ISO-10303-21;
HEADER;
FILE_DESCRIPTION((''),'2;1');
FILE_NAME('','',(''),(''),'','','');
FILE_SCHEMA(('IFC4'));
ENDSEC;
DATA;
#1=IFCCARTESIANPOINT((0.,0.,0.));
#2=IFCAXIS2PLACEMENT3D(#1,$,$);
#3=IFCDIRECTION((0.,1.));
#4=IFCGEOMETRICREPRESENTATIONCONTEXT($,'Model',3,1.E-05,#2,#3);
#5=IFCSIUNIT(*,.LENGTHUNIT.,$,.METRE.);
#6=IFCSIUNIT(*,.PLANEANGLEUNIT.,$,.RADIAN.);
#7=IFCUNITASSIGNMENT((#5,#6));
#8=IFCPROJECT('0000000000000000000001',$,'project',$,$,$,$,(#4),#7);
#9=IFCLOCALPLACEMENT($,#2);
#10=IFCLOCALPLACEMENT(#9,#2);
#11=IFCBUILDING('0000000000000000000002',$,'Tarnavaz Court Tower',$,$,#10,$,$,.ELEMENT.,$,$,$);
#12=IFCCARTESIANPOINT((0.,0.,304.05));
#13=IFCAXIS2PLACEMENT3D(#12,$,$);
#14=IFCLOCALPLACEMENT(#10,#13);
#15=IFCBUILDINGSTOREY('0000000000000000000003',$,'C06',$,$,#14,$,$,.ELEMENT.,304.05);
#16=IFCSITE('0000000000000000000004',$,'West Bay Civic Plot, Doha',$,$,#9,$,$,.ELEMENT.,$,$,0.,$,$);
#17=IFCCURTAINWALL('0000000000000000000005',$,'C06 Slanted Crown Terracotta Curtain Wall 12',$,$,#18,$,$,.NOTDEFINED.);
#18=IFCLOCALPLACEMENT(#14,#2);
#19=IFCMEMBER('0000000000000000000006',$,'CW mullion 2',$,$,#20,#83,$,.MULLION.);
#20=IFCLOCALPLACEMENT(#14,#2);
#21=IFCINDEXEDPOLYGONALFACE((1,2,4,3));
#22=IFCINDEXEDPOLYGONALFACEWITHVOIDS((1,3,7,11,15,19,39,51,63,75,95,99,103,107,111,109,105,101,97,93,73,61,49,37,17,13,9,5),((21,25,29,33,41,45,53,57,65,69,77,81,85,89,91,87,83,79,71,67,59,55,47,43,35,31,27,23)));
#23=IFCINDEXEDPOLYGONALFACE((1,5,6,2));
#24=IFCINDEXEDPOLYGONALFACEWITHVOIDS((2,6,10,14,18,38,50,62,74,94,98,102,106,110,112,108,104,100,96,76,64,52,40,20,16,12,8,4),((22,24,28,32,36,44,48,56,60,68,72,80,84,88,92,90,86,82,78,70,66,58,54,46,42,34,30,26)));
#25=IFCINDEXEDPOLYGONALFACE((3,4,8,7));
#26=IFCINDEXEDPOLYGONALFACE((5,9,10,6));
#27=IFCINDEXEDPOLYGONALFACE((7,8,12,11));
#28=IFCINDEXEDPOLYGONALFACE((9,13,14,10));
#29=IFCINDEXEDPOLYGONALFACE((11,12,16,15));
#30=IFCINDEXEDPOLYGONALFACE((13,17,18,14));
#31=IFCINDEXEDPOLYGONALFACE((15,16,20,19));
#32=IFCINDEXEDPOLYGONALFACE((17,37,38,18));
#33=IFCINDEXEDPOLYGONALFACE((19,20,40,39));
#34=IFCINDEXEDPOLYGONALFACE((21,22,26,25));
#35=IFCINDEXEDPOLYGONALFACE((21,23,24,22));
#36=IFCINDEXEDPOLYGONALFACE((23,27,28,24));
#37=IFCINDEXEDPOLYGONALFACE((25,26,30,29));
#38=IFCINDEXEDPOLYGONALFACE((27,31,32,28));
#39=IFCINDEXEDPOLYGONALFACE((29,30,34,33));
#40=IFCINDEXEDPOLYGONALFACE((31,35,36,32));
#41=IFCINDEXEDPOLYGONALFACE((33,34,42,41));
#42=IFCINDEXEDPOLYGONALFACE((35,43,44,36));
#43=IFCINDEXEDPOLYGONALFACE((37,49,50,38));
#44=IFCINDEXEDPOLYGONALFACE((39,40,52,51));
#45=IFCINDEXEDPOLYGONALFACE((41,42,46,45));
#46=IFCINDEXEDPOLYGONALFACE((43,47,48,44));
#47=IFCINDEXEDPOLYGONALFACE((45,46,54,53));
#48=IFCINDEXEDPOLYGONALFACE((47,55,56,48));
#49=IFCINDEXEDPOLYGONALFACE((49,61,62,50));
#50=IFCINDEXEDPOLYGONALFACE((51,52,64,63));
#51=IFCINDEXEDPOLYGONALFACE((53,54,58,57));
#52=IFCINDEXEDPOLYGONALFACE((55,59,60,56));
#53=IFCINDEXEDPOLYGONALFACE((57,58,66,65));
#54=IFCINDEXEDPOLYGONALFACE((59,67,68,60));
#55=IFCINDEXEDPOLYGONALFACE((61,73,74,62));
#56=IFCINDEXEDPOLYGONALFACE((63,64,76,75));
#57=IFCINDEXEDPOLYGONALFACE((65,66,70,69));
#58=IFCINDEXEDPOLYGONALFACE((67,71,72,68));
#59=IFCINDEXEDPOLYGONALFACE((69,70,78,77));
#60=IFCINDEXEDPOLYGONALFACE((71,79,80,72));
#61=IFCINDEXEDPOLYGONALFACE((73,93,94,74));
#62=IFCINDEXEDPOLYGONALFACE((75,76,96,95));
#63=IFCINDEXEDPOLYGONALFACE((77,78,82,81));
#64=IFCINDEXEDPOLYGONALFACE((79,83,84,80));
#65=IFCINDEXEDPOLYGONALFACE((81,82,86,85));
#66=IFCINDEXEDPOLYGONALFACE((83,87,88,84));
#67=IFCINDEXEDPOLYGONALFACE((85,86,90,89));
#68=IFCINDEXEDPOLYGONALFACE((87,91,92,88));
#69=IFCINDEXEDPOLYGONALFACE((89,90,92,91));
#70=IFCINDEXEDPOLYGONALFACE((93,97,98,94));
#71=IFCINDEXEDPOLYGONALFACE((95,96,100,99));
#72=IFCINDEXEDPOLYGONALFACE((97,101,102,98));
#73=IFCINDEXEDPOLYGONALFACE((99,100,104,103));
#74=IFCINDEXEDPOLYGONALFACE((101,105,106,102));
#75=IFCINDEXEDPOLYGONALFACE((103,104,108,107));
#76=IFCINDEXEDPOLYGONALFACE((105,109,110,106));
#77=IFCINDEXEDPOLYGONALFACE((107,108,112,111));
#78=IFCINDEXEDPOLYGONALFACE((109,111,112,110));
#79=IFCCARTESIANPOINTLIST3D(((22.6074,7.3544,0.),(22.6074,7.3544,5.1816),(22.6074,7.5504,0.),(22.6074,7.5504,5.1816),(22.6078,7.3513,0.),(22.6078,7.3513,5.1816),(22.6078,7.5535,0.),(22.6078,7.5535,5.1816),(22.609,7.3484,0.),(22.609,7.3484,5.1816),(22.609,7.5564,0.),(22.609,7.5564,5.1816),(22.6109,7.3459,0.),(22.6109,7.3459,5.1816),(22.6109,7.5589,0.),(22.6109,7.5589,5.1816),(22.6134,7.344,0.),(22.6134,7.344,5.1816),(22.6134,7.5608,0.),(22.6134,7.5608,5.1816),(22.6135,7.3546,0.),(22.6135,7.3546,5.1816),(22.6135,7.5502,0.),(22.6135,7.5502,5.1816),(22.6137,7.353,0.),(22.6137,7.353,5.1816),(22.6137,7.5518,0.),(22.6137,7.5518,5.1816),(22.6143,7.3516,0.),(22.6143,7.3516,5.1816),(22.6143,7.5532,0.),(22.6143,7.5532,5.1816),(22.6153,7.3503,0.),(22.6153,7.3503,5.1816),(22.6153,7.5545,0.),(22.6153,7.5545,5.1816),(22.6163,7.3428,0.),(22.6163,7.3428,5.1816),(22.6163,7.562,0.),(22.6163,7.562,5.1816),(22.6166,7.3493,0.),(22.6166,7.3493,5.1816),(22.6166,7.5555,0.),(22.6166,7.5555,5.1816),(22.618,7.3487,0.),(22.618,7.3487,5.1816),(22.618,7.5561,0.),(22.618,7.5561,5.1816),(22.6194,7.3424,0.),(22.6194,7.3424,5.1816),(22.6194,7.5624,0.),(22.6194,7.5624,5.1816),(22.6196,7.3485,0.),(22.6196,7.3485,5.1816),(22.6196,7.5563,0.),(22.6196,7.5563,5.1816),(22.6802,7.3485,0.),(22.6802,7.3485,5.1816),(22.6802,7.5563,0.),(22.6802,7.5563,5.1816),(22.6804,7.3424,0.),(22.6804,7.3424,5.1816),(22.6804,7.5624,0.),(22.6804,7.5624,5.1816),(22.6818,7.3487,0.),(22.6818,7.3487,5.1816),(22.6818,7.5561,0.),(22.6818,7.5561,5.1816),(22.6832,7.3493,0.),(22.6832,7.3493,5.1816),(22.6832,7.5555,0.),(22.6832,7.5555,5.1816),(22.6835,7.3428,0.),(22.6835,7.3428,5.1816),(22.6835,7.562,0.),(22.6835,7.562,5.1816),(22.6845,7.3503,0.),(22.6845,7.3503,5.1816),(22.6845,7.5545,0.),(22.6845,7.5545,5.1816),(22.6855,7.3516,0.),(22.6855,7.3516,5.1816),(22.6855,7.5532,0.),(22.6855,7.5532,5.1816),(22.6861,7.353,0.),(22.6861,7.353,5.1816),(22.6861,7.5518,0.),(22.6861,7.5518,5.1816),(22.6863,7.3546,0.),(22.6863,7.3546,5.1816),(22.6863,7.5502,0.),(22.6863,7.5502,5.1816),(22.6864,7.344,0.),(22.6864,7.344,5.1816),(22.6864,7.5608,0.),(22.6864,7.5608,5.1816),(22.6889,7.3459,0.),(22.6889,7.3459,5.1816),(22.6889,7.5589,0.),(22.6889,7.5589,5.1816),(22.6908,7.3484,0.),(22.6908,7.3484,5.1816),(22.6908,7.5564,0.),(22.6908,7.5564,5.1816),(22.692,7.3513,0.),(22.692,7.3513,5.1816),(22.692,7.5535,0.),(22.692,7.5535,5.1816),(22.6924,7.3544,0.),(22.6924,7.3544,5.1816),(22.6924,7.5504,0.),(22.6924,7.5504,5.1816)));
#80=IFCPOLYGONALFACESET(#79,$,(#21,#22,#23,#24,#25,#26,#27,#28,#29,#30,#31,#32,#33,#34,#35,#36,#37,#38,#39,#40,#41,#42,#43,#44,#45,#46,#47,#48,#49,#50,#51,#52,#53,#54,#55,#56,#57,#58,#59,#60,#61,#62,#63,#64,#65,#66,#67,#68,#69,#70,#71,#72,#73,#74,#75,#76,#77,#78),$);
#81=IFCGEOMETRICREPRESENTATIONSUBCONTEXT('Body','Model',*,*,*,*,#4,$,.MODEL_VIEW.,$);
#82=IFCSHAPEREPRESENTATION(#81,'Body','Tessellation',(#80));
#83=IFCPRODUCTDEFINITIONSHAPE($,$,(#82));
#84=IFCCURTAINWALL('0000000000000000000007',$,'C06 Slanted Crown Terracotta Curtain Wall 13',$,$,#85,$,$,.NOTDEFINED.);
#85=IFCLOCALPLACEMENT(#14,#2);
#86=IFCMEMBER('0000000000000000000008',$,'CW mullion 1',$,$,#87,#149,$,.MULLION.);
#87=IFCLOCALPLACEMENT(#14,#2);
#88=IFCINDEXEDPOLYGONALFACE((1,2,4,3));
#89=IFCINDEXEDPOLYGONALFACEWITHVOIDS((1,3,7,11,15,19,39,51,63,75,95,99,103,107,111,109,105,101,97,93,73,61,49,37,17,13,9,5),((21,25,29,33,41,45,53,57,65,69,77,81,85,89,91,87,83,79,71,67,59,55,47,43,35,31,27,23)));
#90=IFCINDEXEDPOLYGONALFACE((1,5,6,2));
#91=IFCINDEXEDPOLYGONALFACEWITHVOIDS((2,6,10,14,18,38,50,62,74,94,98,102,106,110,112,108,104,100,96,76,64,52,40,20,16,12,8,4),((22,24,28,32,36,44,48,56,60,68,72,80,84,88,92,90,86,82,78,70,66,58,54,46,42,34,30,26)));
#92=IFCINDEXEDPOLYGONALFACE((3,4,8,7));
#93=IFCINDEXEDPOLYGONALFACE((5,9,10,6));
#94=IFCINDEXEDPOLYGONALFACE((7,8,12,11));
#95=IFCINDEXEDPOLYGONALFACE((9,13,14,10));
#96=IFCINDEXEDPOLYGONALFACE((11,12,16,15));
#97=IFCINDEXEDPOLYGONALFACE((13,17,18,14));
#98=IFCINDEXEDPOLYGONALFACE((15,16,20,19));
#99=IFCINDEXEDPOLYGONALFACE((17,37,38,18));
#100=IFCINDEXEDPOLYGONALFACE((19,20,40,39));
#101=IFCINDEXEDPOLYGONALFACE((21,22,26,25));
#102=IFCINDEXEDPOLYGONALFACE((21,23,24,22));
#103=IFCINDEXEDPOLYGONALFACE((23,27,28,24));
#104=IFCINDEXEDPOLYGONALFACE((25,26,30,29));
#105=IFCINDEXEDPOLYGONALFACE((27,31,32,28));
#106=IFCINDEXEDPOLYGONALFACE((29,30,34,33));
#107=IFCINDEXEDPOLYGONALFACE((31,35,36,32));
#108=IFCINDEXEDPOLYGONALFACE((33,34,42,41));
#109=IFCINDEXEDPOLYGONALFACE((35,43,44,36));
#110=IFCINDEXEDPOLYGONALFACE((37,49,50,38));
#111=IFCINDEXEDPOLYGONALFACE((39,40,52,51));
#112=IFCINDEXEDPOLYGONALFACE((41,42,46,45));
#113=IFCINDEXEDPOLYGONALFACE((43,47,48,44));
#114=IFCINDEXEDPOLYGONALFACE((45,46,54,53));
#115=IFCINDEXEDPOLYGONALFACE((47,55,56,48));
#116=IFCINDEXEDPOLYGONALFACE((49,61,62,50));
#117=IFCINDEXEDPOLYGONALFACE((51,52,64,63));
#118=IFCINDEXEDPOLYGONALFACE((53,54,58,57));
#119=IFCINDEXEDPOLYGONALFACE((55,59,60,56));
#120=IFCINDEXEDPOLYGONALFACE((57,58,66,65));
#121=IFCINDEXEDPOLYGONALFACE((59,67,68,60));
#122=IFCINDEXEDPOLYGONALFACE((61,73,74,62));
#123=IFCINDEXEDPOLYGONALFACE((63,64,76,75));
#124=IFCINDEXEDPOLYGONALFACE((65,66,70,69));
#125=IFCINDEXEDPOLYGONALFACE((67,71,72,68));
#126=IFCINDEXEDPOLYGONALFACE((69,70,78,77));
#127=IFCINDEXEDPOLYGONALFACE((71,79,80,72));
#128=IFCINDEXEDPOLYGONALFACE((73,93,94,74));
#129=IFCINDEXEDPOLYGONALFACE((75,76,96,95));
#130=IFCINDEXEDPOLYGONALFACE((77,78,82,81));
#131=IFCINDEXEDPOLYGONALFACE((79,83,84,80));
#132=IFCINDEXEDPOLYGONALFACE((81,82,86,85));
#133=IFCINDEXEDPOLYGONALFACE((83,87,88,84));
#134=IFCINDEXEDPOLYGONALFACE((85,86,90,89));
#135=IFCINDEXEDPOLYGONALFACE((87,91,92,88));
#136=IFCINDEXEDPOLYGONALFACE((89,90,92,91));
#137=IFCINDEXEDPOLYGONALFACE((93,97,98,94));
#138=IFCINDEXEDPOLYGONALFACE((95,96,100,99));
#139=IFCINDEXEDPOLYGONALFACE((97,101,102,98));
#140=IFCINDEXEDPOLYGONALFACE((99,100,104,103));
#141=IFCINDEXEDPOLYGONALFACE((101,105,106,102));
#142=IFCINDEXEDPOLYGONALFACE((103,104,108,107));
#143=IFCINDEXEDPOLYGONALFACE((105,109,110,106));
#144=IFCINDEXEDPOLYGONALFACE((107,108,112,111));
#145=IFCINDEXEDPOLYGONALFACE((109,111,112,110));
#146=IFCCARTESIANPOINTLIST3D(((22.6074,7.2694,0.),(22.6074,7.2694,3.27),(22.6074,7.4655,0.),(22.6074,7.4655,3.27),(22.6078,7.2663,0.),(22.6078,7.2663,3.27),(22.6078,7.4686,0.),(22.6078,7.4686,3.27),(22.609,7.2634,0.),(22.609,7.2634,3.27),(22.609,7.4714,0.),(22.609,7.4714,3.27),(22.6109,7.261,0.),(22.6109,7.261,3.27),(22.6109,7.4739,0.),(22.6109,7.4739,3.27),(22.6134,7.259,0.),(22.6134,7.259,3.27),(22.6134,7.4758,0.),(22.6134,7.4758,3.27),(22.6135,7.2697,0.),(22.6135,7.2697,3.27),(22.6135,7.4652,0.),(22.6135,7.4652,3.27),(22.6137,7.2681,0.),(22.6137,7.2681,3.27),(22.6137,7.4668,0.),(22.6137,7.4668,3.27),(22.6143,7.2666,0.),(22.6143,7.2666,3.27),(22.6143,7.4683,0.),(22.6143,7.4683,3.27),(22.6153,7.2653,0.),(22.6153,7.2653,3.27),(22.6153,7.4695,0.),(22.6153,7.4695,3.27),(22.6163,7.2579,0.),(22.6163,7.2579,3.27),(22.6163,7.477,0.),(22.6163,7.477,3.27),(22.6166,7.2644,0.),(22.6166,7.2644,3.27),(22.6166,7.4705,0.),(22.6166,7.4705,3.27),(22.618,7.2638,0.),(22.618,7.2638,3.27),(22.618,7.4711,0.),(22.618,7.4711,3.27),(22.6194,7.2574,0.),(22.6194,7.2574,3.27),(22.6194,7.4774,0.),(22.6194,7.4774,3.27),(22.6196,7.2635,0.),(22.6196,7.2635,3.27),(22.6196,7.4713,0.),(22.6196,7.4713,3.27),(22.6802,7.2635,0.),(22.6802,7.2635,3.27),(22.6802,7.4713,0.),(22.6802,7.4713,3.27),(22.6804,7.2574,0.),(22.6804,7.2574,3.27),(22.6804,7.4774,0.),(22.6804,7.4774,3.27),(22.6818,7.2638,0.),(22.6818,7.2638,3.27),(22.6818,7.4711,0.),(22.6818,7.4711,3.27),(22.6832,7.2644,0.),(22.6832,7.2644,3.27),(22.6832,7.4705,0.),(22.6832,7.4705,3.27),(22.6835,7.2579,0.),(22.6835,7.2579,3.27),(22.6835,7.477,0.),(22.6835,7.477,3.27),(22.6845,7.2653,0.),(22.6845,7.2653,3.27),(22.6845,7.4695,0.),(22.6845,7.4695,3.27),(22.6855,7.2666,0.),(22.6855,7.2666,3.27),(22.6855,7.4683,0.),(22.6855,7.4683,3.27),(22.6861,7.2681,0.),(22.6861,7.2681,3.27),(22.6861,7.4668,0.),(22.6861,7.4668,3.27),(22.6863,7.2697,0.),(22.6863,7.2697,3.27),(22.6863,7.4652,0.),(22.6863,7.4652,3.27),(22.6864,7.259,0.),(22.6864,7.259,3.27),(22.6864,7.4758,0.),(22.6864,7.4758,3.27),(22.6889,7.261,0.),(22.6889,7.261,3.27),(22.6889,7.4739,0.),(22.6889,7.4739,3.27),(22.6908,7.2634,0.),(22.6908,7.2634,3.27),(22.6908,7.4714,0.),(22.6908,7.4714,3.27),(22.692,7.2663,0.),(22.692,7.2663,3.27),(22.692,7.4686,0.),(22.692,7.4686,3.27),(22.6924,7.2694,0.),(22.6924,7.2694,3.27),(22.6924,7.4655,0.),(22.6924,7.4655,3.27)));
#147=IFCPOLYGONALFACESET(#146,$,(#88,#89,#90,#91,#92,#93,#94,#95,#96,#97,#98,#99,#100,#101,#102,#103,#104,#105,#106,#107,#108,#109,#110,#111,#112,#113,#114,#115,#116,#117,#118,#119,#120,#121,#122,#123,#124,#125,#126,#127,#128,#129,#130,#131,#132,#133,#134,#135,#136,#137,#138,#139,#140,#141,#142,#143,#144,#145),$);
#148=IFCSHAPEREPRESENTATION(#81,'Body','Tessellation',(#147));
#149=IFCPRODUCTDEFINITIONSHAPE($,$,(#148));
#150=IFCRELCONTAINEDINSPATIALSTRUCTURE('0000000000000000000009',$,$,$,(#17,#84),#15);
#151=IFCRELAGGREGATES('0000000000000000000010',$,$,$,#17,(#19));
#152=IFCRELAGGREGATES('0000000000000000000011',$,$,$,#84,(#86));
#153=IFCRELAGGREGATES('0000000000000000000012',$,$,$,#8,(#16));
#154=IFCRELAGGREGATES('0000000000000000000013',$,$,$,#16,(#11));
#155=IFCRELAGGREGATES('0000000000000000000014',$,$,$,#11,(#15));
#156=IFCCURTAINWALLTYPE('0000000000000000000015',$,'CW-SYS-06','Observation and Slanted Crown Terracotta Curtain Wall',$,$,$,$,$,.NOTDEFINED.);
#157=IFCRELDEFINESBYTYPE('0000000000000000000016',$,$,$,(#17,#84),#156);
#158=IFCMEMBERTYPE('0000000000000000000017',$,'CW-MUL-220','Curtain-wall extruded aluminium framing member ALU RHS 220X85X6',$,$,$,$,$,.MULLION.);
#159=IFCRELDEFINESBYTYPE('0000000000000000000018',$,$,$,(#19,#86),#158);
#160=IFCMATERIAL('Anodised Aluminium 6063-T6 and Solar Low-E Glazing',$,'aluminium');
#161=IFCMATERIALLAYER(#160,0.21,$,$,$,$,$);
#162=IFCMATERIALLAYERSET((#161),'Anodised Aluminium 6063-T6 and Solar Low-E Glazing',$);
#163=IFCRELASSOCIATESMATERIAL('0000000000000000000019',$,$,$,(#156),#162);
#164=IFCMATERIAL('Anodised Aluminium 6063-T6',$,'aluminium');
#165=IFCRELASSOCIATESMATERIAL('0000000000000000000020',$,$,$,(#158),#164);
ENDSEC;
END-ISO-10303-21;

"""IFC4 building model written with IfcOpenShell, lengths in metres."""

from ifc_helpers import new_model, si_unit, direction, frame, origin, origin_2d, place, context, subcontext, project, spatial, hollow_rectangle, extrude, material, layer, layer_set, material_profile, profile_set, type_object, element, aggregate, save


model = new_model("IFC4")

# Units and contexts
model_context = context("Model", 3, precision=1e-05, world=origin(), true_north=direction((0.0, 1.0)))
body_context = subcontext(model_context, "Body", "Model", "MODEL_VIEW")
ifc_project = project(units=[si_unit("LENGTHUNIT", "METRE"), si_unit("PLANEANGLEUNIT", "RADIAN")], contexts=[model_context])

# Site, building, storey
site_placement = place(None, origin())
site = spatial("IfcSite", under=ifc_project, at=site_placement, Name="West Bay Civic Plot, Doha", CompositionType="ELEMENT", RefElevation=0.0)
building_placement = place(site_placement, origin())
building = spatial("IfcBuilding", under=site, at=building_placement, Name="Tarnavaz Court Tower", CompositionType="ELEMENT")
storey_placement = place(building_placement, frame((0.0, 0.0, 304.05)))
storey = spatial("IfcBuildingStorey", under=building, at=storey_placement, Name="C06", CompositionType="ELEMENT", Elevation=304.05)

# Curtain walls, members
ifc_material_1 = material(Name="Anodised Aluminium 6063-T6 and Solar Low-E Glazing", Category="aluminium")
ifc_layer_1 = layer(ifc_material_1, 0.21)
ifc_layer_set_1 = layer_set([ifc_layer_1], Name="Anodised Aluminium 6063-T6 and Solar Low-E Glazing")
curtain_wall_type = type_object("IfcCurtainWallType", Name="CW-SYS-06", Description="Observation and Slanted Crown Terracotta Curtain Wall", PredefinedType="NOTDEFINED", material=ifc_layer_set_1)
ifc_material_2 = material(Name="Anodised Aluminium 6063-T6", Category="aluminium")
ifc_material_profile_1 = material_profile(ifc_material_2, hollow_rectangle(XDim=0.085, YDim=0.22, WallThickness=0.0061, InnerFilletRadius=0.0061, OuterFilletRadius=0.012, at=origin_2d()), Name="ALU RHS 220X85X6")
ifc_profile_set_1 = profile_set([ifc_material_profile_1], Name="Anodised Aluminium 6063-T6")
member_type_1 = type_object("IfcMemberType", Name="CW-MUL-220", Description="Curtain-wall extruded aluminium framing member ALU RHS 220X85X6", PredefinedType="MULLION", material=ifc_profile_set_1)
curtain_wall_1_placement = place(storey_placement, origin())
curtain_wall_1 = element("IfcCurtainWall", 1, at=curtain_wall_1_placement, inside=storey, type_object=curtain_wall_type, Name="C06 Slanted Crown Terracotta Curtain Wall 12", PredefinedType="NOTDEFINED")
member_1_placement = place(storey_placement, frame((22.6499, 7.4524, 0.0), z_axis=(0.0, 0.0, 1.0), x_axis=(1.0, 0.0, 0.0)))
member_1 = element("IfcMember", 2, at=member_1_placement, type_object=member_type_1, Name="CW mullion 2", PredefinedType="MULLION", context=body_context, shape_type="SweptSolid", body=[
    extrude(hollow_rectangle(XDim=0.085, YDim=0.22, WallThickness=0.0061, InnerFilletRadius=0.0061, OuterFilletRadius=0.012, at=origin_2d()), origin(), (0.0, 0.0, 1.0), 5.1816),
])
curtain_wall_2_placement = place(storey_placement, origin())
curtain_wall_2 = element("IfcCurtainWall", 3, at=curtain_wall_2_placement, inside=storey, type_object=curtain_wall_type, Name="C06 Slanted Crown Terracotta Curtain Wall 13", PredefinedType="NOTDEFINED")
member_2_placement = place(storey_placement, frame((22.6499, 7.3674, 0.0), z_axis=(0.0, 0.0, 1.0), x_axis=(1.0, 0.0, 0.0)))
member_2 = element("IfcMember", 4, at=member_2_placement, type_object=member_type_1, Name="CW mullion 1", PredefinedType="MULLION", context=body_context, shape_type="SweptSolid", body=[
    extrude(hollow_rectangle(XDim=0.085, YDim=0.22, WallThickness=0.0061, InnerFilletRadius=0.0061, OuterFilletRadius=0.012, at=origin_2d()), origin(), (0.0, 0.0, 1.0), 3.27),
])

aggregate(curtain_wall_1, [member_1])
aggregate(curtain_wall_2, [member_2])

save(model, "model.ifc")
